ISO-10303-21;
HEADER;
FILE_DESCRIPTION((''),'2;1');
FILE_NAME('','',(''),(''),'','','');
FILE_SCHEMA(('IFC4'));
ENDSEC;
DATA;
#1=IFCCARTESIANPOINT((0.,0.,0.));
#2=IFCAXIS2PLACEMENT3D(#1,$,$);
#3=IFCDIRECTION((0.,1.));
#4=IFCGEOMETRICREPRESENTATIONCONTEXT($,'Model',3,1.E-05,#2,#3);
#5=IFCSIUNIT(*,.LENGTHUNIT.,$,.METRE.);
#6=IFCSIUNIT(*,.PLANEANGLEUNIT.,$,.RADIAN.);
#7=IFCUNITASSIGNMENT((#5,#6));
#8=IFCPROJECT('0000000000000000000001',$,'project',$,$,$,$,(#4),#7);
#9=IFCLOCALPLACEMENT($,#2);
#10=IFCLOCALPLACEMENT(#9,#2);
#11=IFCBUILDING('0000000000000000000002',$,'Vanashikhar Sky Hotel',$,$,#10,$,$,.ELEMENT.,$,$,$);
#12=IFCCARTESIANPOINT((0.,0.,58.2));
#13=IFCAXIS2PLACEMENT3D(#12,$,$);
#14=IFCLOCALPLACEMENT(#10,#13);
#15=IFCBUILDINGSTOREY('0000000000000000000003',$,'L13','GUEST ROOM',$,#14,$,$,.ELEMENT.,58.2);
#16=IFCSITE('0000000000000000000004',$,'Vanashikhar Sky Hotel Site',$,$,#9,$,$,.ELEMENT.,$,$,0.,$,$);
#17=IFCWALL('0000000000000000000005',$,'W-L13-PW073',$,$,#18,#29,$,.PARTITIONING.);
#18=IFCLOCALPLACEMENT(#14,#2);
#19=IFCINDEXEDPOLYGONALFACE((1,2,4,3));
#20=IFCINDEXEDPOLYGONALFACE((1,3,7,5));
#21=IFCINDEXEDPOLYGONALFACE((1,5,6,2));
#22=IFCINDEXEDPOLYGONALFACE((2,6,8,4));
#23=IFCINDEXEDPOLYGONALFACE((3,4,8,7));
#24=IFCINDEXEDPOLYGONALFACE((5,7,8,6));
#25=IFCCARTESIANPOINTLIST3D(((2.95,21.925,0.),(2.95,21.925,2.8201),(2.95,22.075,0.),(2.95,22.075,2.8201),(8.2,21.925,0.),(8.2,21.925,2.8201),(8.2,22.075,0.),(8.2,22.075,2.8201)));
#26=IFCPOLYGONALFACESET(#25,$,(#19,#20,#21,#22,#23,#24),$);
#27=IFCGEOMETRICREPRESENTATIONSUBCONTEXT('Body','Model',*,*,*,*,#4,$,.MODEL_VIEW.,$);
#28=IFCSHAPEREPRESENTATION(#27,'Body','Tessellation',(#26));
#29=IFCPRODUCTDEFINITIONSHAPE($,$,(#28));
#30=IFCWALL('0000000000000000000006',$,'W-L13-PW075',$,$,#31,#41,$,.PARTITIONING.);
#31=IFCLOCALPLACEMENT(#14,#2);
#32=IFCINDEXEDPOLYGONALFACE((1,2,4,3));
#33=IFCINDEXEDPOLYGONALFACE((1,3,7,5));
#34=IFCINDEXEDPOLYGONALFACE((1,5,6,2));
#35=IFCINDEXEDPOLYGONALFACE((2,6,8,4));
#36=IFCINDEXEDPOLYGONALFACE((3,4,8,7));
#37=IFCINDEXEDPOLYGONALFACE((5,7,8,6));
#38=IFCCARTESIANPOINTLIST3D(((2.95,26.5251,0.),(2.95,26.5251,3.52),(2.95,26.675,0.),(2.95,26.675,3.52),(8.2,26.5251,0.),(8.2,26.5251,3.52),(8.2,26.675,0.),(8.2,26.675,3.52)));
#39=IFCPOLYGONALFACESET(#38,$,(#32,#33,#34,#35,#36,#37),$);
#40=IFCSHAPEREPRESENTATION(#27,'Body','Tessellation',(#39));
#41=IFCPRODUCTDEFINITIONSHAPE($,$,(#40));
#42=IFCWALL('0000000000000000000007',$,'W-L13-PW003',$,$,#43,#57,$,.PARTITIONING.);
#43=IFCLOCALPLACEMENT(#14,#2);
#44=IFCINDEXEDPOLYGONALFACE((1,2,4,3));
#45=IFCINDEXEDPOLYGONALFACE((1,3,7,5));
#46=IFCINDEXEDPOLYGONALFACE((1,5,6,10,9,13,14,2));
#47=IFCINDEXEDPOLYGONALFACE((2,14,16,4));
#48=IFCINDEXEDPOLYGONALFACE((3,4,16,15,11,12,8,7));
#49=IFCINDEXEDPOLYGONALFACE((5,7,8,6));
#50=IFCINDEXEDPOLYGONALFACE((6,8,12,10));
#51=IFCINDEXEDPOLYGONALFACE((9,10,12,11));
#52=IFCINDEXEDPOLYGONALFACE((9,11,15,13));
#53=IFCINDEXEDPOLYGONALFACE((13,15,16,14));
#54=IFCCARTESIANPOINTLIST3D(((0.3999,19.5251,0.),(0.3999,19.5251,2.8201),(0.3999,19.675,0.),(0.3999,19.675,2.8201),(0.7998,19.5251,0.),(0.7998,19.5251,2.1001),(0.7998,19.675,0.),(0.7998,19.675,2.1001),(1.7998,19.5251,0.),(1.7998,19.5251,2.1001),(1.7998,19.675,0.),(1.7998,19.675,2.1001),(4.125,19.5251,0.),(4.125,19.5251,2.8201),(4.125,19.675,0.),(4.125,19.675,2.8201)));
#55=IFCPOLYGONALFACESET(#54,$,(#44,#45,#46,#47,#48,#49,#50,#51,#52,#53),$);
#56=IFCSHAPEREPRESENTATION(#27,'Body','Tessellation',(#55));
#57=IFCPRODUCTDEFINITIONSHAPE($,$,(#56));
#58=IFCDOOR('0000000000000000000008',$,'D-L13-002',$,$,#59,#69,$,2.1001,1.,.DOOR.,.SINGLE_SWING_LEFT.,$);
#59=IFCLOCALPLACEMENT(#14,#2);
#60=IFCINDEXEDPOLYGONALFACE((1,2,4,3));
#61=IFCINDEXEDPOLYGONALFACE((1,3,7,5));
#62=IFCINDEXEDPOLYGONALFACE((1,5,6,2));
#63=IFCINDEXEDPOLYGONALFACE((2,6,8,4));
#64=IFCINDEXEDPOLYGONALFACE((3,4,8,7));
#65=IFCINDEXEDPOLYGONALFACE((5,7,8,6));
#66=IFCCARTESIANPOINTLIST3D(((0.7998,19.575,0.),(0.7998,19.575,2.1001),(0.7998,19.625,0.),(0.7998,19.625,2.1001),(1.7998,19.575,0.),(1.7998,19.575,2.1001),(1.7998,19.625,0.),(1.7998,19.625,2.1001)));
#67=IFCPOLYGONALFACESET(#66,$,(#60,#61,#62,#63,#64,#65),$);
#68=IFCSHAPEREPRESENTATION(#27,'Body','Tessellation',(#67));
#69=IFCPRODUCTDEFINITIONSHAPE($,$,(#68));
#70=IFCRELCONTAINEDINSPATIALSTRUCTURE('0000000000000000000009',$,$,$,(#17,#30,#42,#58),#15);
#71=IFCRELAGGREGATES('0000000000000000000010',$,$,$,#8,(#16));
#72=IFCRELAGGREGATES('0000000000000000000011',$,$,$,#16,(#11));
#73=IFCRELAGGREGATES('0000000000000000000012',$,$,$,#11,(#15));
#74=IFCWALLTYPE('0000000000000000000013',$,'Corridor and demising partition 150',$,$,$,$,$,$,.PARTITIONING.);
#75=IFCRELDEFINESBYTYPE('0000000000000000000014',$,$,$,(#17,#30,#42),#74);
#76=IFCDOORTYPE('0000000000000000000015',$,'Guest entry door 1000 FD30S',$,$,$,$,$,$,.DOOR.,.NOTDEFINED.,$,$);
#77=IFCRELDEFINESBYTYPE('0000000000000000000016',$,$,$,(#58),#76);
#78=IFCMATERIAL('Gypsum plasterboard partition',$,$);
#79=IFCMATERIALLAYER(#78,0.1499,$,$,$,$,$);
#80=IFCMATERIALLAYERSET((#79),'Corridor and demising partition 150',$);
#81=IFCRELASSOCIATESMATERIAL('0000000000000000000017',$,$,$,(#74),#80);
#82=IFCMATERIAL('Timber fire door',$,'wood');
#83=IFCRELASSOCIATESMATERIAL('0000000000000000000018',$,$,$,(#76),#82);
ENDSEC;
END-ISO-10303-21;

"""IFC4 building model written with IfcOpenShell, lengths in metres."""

from ifc_helpers import new_model, si_unit, direction, frame, frame_2d, origin, place, context, subcontext, project, spatial, rectangle, extrude, source, transform, mapped, material, layer, layer_set, type_object, element, fill, save


model = new_model("IFC4")

# Units and contexts
model_context = context("Model", 3, precision=1e-05, world=origin(), true_north=direction((0.0, 1.0)))
body_context = subcontext(model_context, "Body", "Model", "MODEL_VIEW")
ifc_project = project(units=[si_unit("LENGTHUNIT", "METRE"), si_unit("PLANEANGLEUNIT", "RADIAN")], contexts=[model_context])

# Site, building, storey
site_placement = place(None, origin())
site = spatial("IfcSite", under=ifc_project, at=site_placement, Name="Vanashikhar Sky Hotel Site", CompositionType="ELEMENT", RefElevation=0.0)
building_placement = place(site_placement, origin())
building = spatial("IfcBuilding", under=site, at=building_placement, Name="Vanashikhar Sky Hotel", CompositionType="ELEMENT")
storey_placement = place(building_placement, frame((0.0, 0.0, 58.2)))
storey = spatial("IfcBuildingStorey", under=building, at=storey_placement, Name="L13", Description="GUEST ROOM", CompositionType="ELEMENT", Elevation=58.2)

# Shared definitions
ifc_material_1 = material(Name="Gypsum plasterboard partition")
ifc_layer_1 = layer(ifc_material_1, 0.1499)
ifc_layer_set_1 = layer_set([ifc_layer_1], Name="Corridor and demising partition 150")
wall_type_1 = type_object("IfcWallType", Name="Corridor and demising partition 150", PredefinedType="PARTITIONING", material=ifc_layer_set_1)
shared_shape_1 = source(origin(), body_context, "Body", "SweptSolid", [
    extrude(rectangle(XDim=1.0, YDim=2.1001, at=frame_2d((0.5, 1.05))), frame((0.0, 0.085, 0.0), z_axis=(0.0, -1.0, 0.0), x_axis=(1.0, 0.0, 0.0)), (0.0, 0.0, 1.0), 0.1699),
])
ifc_material_2 = material(Name="Timber fire door", Category="wood")
door_type_1 = type_object("IfcDoorType", Name="Guest entry door 1000 FD30S", OperationType="NOTDEFINED", PredefinedType="DOOR", material=ifc_material_2)
shared_shape_2 = source(origin(), body_context, "Body", "SweptSolid", [
    extrude(rectangle(XDim=1.0, YDim=2.1001, at=frame_2d((0.5, 1.05))), frame((0.0, 0.0249, 0.0), z_axis=(0.0, -1.0, 0.0), x_axis=(1.0, 0.0, 0.0)), (0.0, 0.0, 1.0), 0.05),
])

# Walls
shared_shape_3 = source(origin(), body_context, "Body", "SweptSolid", [
    extrude(rectangle(XDim=5.25, YDim=0.1499, at=frame_2d((2.625, 0.0))), origin(), (0.0, 0.0, 1.0), 2.8201),
])
wall_1_placement = place(storey_placement, frame((2.95, 22.0, 0.0), z_axis=(0.0, 0.0, 1.0), x_axis=(1.0, 0.0, 0.0)))
element("IfcWall", 1, at=wall_1_placement, inside=storey, type_object=wall_type_1, Name="W-L13-PW073", PredefinedType="PARTITIONING", context=body_context, shape_type="MappedRepresentation", body=[
    mapped(shared_shape_3, transform((0.0, 0.0, 0.0), scale=1.0)),
])
shared_shape_4 = source(origin(), body_context, "Body", "SweptSolid", [
    extrude(rectangle(XDim=5.25, YDim=0.1499, at=frame_2d((2.625, 0.0))), origin(), (0.0, 0.0, 1.0), 3.52),
])
wall_2_placement = place(storey_placement, frame((2.95, 26.6001, 0.0), z_axis=(0.0, 0.0, 1.0), x_axis=(1.0, 0.0, 0.0)))
element("IfcWall", 2, at=wall_2_placement, inside=storey, type_object=wall_type_1, Name="W-L13-PW075", PredefinedType="PARTITIONING", context=body_context, shape_type="MappedRepresentation", body=[
    mapped(shared_shape_4, transform((0.0, 0.0, 0.0), scale=1.0)),
])

# Wall, opening, door
shared_shape_5 = source(origin(), body_context, "Body", "SweptSolid", [
    extrude(rectangle(XDim=3.7251, YDim=0.1499, at=frame_2d((1.8625, 0.0))), origin(), (0.0, 0.0, 1.0), 2.8201),
])
wall_3_placement = place(storey_placement, frame((0.3999, 19.6001, 0.0), z_axis=(0.0, 0.0, 1.0), x_axis=(1.0, 0.0, 0.0)))
wall_3 = element("IfcWall", 3, at=wall_3_placement, inside=storey, type_object=wall_type_1, Name="W-L13-PW003", PredefinedType="PARTITIONING", context=body_context, shape_type="MappedRepresentation", body=[
    mapped(shared_shape_5, transform((0.0, 0.0, 0.0), scale=1.0)),
])
opening_1_placement = place(wall_3_placement, frame((0.3999, 0.0, 0.0)))
opening_1 = element("IfcOpeningElement", 4, at=opening_1_placement, cuts=wall_3, PredefinedType="OPENING", context=body_context, shape_type="MappedRepresentation", body=[
    mapped(shared_shape_1, transform((0.0, 0.0, 0.0), scale=1.0)),
])
door_1_placement = place(opening_1_placement, origin())
door_1 = element("IfcDoor", 5, at=door_1_placement, inside=storey, type_object=door_type_1, Name="D-L13-002", OperationType="SINGLE_SWING_LEFT", OverallHeight=2.1001, OverallWidth=1.0, PredefinedType="DOOR", context=body_context, shape_type="MappedRepresentation", body=[
    mapped(shared_shape_2, transform((0.0, 0.0, 0.0), scale=1.0)),
])
fill(opening_1, door_1)

save(model, "model.ifc")
